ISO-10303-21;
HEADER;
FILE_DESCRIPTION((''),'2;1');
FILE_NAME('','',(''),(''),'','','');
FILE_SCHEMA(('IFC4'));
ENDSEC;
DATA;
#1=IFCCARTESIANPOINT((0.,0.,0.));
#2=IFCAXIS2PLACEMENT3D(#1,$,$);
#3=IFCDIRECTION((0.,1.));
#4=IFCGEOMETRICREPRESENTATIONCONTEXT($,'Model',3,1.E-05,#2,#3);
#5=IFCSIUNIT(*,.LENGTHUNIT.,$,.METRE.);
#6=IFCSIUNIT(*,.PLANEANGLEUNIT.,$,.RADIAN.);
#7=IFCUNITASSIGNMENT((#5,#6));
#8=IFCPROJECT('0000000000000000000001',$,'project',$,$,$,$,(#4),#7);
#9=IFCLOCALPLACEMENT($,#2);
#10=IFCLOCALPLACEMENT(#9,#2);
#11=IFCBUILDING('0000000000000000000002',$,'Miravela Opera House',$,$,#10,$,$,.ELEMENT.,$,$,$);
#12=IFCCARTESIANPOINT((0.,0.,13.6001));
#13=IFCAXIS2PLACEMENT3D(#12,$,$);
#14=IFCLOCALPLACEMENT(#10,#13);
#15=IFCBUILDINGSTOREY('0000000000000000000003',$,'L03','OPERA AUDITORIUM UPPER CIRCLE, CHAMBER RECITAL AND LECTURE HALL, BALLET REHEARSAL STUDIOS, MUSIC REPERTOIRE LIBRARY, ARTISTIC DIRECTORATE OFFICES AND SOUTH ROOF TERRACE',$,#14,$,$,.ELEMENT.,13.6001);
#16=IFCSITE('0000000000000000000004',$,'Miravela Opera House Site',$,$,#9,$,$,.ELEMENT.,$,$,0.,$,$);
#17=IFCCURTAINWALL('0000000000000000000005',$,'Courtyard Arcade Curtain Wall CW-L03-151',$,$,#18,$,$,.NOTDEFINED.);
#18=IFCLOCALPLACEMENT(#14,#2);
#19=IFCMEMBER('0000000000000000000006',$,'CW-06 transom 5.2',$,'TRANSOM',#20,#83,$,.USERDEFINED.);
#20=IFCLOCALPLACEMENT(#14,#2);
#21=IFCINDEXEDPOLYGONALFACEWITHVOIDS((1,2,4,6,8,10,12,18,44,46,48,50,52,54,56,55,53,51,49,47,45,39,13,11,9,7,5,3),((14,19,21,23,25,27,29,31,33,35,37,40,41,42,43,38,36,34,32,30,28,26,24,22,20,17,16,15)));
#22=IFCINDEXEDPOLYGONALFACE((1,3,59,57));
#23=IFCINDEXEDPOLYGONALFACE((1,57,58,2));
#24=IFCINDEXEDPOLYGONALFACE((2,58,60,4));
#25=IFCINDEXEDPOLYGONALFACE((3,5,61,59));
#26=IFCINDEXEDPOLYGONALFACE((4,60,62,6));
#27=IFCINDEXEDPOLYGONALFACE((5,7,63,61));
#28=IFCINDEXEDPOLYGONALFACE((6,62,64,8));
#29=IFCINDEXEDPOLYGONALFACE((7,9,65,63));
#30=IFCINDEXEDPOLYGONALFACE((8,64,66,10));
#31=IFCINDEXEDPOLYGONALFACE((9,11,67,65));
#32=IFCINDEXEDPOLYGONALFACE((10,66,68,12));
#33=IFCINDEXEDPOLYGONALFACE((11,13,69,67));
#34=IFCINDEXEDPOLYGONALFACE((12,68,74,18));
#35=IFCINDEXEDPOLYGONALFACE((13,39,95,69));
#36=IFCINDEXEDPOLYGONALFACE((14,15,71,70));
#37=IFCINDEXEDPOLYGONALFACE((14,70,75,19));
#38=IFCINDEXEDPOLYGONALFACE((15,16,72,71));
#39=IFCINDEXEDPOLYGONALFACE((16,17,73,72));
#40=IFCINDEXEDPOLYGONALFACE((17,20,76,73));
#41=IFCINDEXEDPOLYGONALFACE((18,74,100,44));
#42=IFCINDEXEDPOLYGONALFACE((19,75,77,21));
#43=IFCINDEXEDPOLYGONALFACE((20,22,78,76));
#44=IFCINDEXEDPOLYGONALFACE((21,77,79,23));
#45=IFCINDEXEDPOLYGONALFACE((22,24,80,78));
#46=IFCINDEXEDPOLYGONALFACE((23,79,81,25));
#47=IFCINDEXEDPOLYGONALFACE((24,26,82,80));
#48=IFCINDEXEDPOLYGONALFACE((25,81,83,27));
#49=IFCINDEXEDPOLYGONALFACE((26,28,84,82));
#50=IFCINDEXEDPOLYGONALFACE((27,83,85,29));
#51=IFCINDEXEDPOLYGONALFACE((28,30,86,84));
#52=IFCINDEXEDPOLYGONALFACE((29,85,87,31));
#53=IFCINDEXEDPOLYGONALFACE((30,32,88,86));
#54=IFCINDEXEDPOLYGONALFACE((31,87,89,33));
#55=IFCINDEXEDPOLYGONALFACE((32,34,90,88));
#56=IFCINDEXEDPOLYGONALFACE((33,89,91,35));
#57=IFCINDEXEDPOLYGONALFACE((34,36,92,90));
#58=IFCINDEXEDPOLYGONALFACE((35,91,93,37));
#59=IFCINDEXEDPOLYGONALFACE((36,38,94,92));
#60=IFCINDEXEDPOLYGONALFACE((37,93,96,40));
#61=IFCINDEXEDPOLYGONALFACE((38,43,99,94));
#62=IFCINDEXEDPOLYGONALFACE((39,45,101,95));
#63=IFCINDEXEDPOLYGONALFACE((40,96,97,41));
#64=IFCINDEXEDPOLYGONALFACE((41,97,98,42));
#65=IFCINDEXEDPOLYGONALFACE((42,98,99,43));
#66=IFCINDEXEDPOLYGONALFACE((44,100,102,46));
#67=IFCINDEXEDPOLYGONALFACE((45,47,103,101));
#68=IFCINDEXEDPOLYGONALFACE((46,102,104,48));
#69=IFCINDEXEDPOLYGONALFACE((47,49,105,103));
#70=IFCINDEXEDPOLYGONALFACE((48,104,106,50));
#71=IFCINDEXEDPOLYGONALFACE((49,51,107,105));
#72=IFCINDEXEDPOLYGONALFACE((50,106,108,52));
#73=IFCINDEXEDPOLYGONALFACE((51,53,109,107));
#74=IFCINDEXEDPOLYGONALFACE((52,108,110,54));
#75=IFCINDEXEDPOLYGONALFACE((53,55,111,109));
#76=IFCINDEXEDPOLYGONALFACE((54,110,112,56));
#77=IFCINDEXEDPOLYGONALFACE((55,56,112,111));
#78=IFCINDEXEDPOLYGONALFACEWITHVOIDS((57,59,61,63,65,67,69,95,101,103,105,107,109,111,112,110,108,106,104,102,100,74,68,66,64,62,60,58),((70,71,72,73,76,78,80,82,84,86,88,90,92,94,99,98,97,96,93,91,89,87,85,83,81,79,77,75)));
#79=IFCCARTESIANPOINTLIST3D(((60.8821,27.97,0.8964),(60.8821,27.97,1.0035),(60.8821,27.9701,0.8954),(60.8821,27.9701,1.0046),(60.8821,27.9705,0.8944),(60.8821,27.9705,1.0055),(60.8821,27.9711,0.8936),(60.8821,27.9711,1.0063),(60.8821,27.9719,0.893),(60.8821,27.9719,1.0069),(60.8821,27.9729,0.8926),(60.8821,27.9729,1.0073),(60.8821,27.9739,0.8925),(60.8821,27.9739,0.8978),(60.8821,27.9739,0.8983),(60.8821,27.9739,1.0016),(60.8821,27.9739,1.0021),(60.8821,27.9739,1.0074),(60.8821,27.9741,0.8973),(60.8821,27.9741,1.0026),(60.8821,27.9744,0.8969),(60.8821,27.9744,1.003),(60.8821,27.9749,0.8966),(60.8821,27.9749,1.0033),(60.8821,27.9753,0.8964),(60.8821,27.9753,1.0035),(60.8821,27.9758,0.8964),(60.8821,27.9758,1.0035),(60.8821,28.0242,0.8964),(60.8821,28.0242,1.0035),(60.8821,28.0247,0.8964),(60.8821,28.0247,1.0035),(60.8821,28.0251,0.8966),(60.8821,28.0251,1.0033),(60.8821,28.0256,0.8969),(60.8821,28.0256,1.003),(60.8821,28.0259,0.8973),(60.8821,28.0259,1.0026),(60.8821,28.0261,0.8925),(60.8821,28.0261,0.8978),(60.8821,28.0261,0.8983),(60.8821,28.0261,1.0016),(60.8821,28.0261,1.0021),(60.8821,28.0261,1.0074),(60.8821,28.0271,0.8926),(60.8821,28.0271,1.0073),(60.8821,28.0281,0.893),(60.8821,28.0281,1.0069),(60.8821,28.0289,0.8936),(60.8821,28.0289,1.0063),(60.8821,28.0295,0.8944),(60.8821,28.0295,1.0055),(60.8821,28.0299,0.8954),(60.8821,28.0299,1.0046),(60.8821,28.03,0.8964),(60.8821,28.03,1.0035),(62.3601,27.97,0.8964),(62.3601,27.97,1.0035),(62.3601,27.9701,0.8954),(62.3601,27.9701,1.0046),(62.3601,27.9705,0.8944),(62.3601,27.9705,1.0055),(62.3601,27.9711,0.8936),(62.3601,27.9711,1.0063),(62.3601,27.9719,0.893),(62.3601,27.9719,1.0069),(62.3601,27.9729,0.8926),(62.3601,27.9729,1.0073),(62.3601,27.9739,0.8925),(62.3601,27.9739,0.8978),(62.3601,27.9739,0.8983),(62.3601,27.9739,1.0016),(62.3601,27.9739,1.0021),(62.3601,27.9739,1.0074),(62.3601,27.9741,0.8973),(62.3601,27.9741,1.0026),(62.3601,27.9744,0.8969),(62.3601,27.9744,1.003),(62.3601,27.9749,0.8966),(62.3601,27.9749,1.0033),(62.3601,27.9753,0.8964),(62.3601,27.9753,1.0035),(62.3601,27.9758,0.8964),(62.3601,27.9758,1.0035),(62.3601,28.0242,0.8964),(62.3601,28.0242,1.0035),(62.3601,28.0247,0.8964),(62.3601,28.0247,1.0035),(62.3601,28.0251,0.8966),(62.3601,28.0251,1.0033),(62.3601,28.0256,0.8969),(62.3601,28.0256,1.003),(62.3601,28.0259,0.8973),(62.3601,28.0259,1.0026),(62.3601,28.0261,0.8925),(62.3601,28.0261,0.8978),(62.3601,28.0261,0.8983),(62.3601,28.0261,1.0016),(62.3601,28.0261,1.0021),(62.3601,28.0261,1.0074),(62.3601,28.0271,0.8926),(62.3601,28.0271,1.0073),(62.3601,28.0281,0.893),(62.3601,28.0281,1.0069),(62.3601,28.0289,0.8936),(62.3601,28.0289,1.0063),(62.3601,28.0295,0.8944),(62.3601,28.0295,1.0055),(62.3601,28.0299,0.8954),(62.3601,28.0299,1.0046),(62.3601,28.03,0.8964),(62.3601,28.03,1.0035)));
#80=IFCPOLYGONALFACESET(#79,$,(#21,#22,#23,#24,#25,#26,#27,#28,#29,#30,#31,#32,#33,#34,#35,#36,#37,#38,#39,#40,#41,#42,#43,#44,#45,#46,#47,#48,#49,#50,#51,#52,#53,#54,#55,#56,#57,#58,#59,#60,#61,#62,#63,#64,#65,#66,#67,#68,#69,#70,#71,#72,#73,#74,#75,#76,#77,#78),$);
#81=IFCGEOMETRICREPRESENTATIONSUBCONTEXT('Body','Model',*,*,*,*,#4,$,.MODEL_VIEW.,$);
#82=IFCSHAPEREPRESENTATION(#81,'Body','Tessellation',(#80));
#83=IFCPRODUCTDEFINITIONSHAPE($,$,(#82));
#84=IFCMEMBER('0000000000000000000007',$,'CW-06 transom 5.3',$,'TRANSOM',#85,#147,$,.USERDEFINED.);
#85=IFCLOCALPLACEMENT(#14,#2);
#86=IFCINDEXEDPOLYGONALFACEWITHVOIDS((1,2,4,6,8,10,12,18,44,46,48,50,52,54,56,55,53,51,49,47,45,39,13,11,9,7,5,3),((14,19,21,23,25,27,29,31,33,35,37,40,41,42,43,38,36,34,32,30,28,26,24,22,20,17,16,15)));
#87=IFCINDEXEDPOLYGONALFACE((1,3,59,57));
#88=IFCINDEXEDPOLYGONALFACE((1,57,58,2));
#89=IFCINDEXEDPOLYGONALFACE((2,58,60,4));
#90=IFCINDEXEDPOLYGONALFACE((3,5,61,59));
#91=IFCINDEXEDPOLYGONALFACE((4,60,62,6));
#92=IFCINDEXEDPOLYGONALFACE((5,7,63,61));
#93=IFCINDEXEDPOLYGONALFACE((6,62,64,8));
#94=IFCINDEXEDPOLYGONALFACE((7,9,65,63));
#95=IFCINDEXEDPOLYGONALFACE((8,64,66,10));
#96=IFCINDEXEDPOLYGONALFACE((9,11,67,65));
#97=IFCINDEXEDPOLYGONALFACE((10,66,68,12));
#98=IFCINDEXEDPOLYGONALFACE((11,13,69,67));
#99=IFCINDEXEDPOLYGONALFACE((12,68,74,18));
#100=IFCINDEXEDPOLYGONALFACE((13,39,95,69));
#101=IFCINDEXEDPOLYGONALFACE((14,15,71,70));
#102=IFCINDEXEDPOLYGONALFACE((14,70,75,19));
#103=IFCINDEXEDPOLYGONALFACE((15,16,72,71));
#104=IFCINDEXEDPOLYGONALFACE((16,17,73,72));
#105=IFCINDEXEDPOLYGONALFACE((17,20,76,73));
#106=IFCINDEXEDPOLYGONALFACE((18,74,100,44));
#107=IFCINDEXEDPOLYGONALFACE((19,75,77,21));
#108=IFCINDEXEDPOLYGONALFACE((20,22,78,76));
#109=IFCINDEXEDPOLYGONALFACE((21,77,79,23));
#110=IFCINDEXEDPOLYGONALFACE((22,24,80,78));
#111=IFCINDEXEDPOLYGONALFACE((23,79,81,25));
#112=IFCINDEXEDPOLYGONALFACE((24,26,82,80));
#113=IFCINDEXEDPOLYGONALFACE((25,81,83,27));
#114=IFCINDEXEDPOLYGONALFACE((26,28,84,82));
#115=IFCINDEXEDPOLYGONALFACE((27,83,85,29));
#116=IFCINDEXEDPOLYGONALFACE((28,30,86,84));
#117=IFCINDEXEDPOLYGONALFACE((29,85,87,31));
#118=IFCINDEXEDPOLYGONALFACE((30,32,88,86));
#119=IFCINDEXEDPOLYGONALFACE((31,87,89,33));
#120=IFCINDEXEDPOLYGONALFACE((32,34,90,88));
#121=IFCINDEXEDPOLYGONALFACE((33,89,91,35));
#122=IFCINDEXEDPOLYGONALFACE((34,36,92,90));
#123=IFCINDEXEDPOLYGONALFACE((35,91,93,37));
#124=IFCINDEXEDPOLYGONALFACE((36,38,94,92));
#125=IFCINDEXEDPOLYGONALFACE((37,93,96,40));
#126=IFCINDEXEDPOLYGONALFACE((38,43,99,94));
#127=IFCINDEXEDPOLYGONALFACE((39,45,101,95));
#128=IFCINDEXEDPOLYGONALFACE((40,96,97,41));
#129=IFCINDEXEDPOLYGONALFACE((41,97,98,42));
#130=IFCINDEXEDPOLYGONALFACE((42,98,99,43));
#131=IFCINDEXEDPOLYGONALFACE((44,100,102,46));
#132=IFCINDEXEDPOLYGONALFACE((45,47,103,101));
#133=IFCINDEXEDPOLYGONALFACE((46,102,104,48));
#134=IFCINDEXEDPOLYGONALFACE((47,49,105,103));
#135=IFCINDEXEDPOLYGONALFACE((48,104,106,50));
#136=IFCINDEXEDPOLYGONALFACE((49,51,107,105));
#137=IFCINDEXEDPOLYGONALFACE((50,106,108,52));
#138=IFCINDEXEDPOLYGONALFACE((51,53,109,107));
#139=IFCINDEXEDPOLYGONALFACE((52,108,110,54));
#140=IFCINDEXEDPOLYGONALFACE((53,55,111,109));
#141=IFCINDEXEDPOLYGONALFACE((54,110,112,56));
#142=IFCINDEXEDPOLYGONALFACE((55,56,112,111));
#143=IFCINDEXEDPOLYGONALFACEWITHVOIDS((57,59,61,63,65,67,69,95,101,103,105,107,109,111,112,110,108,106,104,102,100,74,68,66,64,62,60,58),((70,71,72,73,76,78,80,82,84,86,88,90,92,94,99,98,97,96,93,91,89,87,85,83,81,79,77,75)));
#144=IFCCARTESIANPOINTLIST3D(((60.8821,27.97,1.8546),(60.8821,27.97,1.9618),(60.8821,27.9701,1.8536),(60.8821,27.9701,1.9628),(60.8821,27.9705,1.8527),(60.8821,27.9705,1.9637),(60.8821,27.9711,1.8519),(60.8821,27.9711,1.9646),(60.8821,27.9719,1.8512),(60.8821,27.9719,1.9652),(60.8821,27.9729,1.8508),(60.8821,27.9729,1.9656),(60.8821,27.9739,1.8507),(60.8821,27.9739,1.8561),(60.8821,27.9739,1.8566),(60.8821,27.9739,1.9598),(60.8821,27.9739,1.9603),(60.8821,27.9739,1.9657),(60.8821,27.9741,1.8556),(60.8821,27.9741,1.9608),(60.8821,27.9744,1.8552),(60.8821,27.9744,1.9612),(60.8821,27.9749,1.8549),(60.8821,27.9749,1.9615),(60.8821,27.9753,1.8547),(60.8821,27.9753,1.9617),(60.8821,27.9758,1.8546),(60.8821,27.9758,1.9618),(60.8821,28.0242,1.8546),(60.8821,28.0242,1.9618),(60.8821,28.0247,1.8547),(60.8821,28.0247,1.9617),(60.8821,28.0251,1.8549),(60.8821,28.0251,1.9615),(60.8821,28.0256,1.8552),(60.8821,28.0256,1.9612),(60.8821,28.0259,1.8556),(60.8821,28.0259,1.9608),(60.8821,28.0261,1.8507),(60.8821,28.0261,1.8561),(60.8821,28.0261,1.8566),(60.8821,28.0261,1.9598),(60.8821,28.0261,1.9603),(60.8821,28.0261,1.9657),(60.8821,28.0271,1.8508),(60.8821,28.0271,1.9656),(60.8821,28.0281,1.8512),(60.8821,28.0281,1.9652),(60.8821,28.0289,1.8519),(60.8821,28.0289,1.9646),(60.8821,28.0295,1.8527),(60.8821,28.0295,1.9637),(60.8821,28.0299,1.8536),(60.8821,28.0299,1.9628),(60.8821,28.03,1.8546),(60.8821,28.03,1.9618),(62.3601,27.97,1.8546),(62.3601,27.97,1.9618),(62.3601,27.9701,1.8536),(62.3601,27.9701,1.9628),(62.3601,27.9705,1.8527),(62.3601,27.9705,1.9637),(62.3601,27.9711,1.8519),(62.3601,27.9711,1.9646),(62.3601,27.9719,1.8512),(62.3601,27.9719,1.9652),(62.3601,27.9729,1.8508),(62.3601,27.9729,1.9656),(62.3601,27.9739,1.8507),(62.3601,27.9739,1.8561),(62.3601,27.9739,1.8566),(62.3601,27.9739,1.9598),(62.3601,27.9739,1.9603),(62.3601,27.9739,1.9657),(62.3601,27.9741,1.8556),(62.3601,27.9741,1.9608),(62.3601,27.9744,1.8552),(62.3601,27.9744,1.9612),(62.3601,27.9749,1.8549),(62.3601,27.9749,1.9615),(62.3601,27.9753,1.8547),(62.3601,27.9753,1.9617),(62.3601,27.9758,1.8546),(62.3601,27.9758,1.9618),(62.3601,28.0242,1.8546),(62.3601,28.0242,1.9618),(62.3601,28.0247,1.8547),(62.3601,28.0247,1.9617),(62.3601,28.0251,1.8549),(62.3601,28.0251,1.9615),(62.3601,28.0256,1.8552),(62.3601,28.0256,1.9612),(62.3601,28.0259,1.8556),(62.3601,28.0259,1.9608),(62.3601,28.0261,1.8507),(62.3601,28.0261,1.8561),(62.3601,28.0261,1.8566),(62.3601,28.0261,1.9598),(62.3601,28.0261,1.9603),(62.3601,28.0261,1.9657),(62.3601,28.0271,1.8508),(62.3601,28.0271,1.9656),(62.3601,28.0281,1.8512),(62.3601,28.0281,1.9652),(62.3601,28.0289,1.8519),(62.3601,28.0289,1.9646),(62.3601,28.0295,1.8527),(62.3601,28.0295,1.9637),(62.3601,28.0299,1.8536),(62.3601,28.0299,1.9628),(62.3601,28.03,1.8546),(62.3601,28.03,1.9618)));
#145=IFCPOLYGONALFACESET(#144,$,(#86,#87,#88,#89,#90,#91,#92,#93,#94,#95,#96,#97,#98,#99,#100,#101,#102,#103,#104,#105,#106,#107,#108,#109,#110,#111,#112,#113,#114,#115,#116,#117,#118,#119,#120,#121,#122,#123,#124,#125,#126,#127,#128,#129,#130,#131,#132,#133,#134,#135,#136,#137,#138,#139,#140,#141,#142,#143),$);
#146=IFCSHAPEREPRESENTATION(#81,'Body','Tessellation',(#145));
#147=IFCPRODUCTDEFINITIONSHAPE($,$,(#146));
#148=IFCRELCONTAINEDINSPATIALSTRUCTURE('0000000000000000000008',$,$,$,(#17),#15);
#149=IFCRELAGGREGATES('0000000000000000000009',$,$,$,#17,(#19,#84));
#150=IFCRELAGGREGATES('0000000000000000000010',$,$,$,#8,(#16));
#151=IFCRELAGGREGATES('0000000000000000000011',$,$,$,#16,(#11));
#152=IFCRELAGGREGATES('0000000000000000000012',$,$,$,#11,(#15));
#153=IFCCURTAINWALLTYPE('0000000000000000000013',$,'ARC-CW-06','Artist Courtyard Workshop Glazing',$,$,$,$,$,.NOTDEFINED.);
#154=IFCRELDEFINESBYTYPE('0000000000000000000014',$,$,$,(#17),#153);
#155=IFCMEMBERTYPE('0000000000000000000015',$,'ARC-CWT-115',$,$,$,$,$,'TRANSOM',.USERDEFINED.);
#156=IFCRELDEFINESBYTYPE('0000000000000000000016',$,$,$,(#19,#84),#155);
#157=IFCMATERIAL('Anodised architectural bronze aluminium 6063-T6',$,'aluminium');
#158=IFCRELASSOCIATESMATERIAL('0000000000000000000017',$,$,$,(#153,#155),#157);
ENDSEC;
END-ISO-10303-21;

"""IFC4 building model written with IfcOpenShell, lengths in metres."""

from ifc_helpers import new_model, si_unit, direction, frame, origin, origin_2d, place, context, subcontext, project, spatial, hollow_rectangle, extrude, material, material_profile, profile_set, type_object, element, aggregate, save


model = new_model("IFC4")

# Units and contexts
model_context = context("Model", 3, precision=1e-05, world=origin(), true_north=direction((0.0, 1.0)))
body_context = subcontext(model_context, "Body", "Model", "MODEL_VIEW")
ifc_project = project(units=[si_unit("LENGTHUNIT", "METRE"), si_unit("PLANEANGLEUNIT", "RADIAN")], contexts=[model_context])

# Site, building, storey
site_placement = place(None, origin())
site = spatial("IfcSite", under=ifc_project, at=site_placement, Name="Miravela Opera House Site", CompositionType="ELEMENT", RefElevation=0.0)
building_placement = place(site_placement, origin())
building = spatial("IfcBuilding", under=site, at=building_placement, Name="Miravela Opera House", CompositionType="ELEMENT")
storey_placement = place(building_placement, frame((0.0, 0.0, 13.6001)))
storey = spatial("IfcBuildingStorey", under=building, at=storey_placement, Name="L03", Description="OPERA AUDITORIUM UPPER CIRCLE, CHAMBER RECITAL AND LECTURE HALL, BALLET REHEARSAL STUDIOS, MUSIC REPERTOIRE LIBRARY, ARTISTIC DIRECTORATE OFFICES AND SOUTH ROOF TERRACE", CompositionType="ELEMENT", Elevation=13.6001)

# Curtain wall, members
ifc_material_1 = material(Name="Anodised architectural bronze aluminium 6063-T6", Category="aluminium")
curtain_wall_type = type_object("IfcCurtainWallType", Name="ARC-CW-06", Description="Artist Courtyard Workshop Glazing", PredefinedType="NOTDEFINED", material=ifc_material_1)
curtain_wall_placement = place(storey_placement, origin())
curtain_wall = element("IfcCurtainWall", 1, at=curtain_wall_placement, inside=storey, type_object=curtain_wall_type, Name="Courtyard Arcade Curtain Wall CW-L03-151", PredefinedType="NOTDEFINED")
ifc_material_profile_1 = material_profile(ifc_material_1, hollow_rectangle(XDim=0.0601, YDim=0.115, WallThickness=0.0039, InnerFilletRadius=0.002, OuterFilletRadius=0.0039, at=origin_2d()), Name="CWT-60X115")
ifc_profile_set_1 = profile_set([ifc_material_profile_1])
member_type_1 = type_object("IfcMemberType", Name="ARC-CWT-115", ElementType="TRANSOM", PredefinedType="USERDEFINED", material=ifc_profile_set_1)
member_1_placement = place(storey_placement, frame((60.8821, 28.0, 0.95), z_axis=(1.0, 0.0, 0.0), x_axis=(0.0, 1.0, 0.0)))
member_1 = element("IfcMember", 2, at=member_1_placement, type_object=member_type_1, Name="CW-06 transom 5.2", ObjectType="TRANSOM", PredefinedType="USERDEFINED", context=body_context, shape_type="SweptSolid", body=[
    extrude(hollow_rectangle(XDim=0.0601, YDim=0.115, WallThickness=0.0039, InnerFilletRadius=0.002, OuterFilletRadius=0.0039, at=origin_2d()), origin(), (0.0, 0.0, 1.0), 1.478),
])
member_2_placement = place(storey_placement, frame((60.8821, 28.0, 1.9082), z_axis=(1.0, 0.0, 0.0), x_axis=(0.0, 1.0, 0.0)))
member_2 = element("IfcMember", 3, at=member_2_placement, type_object=member_type_1, Name="CW-06 transom 5.3", ObjectType="TRANSOM", PredefinedType="USERDEFINED", context=body_context, shape_type="SweptSolid", body=[
    extrude(hollow_rectangle(XDim=0.0601, YDim=0.115, WallThickness=0.0039, InnerFilletRadius=0.002, OuterFilletRadius=0.0039, at=origin_2d()), origin(), (0.0, 0.0, 1.0), 1.478),
])
aggregate(curtain_wall, [member_1, member_2])

save(model, "model.ifc")
